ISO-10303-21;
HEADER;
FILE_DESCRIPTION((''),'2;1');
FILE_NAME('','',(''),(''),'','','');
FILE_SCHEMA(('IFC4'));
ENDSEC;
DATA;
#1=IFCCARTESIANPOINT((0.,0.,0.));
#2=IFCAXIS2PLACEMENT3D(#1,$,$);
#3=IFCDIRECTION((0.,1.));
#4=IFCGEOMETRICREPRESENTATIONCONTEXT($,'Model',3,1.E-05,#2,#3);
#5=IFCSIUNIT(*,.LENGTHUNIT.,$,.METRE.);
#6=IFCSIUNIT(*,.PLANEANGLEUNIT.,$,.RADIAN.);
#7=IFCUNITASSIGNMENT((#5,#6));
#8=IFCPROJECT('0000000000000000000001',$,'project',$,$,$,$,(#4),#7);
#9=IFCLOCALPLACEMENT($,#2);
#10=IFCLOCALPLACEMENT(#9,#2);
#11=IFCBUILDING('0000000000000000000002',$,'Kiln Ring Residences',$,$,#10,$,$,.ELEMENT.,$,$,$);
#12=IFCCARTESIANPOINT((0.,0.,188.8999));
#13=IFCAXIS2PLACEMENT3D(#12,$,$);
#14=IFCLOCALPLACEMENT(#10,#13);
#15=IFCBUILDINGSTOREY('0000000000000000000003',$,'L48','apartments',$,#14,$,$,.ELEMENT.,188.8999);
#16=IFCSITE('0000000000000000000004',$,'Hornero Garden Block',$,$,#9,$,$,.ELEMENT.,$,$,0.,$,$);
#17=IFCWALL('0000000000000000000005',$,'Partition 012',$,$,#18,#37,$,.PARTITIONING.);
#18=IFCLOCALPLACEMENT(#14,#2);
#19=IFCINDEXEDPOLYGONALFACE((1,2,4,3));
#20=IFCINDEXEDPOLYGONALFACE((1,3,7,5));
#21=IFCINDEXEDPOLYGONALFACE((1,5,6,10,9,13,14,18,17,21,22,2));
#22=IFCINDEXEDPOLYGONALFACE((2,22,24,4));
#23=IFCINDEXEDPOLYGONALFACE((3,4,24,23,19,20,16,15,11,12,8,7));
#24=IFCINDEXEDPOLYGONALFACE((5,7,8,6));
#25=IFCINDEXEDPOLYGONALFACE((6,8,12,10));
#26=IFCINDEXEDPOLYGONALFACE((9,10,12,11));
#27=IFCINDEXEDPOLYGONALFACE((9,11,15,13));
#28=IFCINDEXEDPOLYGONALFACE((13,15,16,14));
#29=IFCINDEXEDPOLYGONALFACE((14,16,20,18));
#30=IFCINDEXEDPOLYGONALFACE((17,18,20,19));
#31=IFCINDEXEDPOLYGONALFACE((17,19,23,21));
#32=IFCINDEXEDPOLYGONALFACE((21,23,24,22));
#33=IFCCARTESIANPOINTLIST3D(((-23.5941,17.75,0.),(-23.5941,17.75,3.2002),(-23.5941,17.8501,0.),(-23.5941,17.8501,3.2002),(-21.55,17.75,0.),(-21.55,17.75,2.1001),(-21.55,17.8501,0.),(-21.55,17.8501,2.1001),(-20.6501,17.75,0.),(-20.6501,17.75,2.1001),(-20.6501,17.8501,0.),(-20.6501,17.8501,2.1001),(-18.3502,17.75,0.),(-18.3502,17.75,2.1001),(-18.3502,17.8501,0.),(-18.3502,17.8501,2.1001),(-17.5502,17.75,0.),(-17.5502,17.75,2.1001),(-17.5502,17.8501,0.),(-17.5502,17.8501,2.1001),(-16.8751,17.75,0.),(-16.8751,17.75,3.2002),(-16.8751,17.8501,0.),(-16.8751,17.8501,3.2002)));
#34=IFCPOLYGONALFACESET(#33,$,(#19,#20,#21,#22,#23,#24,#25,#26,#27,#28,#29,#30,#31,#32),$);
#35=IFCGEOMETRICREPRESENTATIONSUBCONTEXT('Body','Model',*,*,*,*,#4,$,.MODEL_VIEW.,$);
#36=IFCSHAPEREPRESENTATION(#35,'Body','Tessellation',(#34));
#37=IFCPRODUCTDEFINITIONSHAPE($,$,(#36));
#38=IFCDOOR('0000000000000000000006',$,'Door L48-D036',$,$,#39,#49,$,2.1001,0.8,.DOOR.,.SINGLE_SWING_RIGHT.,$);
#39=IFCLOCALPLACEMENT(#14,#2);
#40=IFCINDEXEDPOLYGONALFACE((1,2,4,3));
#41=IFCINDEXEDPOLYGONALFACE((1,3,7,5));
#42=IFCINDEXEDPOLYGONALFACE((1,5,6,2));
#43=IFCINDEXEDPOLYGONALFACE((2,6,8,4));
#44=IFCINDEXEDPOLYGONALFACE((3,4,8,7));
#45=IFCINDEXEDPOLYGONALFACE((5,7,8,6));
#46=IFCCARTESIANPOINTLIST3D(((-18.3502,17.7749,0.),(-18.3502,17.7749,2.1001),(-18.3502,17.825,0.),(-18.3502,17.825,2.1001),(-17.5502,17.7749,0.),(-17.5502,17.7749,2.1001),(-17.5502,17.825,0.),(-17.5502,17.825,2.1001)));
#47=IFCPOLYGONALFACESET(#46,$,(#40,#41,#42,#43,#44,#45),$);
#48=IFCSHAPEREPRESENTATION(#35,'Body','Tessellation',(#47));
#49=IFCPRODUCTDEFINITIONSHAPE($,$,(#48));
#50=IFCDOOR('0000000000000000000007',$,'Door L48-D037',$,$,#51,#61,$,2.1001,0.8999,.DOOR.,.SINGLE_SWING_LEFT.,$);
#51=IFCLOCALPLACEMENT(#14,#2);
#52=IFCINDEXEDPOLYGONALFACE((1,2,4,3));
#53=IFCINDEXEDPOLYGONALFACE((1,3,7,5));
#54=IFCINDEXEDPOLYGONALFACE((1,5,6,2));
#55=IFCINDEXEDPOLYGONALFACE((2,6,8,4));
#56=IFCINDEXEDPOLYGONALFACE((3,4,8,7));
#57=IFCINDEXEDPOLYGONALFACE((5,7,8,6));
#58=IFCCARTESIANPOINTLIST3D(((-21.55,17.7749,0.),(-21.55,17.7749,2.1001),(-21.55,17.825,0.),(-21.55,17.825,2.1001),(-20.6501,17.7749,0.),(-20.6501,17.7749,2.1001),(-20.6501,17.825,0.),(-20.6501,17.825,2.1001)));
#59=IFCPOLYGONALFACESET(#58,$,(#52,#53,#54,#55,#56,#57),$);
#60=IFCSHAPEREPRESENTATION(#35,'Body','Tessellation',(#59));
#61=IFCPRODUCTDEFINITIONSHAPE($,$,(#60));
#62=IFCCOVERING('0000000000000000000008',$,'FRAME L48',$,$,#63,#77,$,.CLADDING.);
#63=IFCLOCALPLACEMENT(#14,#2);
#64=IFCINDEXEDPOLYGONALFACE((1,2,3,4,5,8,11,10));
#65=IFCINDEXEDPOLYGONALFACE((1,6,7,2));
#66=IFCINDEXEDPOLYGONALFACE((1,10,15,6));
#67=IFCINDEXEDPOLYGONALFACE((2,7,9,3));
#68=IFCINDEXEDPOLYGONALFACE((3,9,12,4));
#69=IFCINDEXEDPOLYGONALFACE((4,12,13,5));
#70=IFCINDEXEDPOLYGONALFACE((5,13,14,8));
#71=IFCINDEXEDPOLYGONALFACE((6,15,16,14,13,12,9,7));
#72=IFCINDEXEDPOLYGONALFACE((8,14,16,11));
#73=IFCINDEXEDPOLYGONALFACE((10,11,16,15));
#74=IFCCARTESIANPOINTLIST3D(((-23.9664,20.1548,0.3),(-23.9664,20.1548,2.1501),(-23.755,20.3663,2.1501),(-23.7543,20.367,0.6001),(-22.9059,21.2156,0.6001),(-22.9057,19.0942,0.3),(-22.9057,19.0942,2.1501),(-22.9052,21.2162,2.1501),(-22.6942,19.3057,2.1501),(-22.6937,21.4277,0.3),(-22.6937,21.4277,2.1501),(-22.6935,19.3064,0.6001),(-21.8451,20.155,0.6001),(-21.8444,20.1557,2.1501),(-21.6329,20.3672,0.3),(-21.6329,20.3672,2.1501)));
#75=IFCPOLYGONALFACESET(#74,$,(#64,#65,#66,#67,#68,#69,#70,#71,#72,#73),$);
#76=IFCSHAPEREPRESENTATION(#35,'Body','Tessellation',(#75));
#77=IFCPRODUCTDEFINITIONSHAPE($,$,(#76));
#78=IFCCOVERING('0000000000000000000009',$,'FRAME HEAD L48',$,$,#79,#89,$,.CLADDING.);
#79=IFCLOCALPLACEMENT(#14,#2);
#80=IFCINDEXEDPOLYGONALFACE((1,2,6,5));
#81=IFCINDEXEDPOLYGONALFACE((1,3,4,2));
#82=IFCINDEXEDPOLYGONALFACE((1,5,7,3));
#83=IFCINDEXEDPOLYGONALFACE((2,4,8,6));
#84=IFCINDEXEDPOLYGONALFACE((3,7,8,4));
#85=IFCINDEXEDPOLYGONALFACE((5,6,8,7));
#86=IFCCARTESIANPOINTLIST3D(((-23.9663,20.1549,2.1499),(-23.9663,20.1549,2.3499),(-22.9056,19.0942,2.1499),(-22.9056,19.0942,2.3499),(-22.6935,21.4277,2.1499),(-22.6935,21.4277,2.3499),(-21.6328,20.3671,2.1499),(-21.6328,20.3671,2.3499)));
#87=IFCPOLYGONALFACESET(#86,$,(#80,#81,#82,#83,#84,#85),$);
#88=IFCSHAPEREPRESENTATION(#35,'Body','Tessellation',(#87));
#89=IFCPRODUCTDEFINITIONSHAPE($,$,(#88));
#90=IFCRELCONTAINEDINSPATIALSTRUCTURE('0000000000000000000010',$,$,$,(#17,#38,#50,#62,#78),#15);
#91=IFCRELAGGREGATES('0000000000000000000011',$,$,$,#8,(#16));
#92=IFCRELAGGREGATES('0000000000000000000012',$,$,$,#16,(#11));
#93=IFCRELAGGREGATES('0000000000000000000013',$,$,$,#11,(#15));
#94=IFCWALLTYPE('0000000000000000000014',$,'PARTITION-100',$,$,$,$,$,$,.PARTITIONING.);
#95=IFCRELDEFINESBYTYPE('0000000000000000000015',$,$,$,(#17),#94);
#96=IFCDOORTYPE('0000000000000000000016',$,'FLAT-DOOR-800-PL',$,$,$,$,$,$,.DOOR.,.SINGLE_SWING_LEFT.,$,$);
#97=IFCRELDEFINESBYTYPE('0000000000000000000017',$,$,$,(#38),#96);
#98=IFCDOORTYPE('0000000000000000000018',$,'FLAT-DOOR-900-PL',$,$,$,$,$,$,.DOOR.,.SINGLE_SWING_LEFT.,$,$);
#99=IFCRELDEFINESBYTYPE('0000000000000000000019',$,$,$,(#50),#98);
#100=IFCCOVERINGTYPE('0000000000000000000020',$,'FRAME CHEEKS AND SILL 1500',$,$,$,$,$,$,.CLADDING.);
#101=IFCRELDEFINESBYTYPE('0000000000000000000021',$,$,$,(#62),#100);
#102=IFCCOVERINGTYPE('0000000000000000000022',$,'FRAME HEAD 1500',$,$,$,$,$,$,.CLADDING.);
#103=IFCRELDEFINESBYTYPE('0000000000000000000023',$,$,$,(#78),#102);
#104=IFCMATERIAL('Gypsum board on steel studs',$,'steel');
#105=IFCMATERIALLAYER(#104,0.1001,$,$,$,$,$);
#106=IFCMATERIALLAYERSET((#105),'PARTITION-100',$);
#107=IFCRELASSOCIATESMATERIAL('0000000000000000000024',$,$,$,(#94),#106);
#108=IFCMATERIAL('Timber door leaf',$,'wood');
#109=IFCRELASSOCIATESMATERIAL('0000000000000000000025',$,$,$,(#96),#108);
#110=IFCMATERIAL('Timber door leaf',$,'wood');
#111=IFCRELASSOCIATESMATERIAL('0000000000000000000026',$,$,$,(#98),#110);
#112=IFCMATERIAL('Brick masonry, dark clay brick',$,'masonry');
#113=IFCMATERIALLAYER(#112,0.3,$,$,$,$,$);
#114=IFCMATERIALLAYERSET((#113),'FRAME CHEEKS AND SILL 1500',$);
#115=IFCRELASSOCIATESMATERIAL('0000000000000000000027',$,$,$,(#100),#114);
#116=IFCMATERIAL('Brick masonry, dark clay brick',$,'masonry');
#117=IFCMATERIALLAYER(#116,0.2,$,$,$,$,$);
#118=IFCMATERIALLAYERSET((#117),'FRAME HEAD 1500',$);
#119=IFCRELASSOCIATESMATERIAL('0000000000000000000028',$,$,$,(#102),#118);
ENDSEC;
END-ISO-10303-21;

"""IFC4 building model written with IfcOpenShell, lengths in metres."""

from ifc_helpers import new_model, si_unit, direction, frame, frame_2d, origin, origin_2d, place, context, subcontext, project, spatial, polyline, rectangle, outline, extrude, material, layer, layer_set, type_object, element, fill, save


model = new_model("IFC4")

# Units and contexts
model_context = context("Model", 3, precision=1e-05, world=origin(), true_north=direction((0.0, 1.0)))
body_context = subcontext(model_context, "Body", "Model", "MODEL_VIEW")
ifc_project = project(units=[si_unit("LENGTHUNIT", "METRE"), si_unit("PLANEANGLEUNIT", "RADIAN")], contexts=[model_context])

# Site, building, storey
site_placement = place(None, origin())
site = spatial("IfcSite", under=ifc_project, at=site_placement, Name="Hornero Garden Block", CompositionType="ELEMENT", RefElevation=0.0)
building_placement = place(site_placement, origin())
building = spatial("IfcBuilding", under=site, at=building_placement, Name="Kiln Ring Residences", CompositionType="ELEMENT")
storey_placement = place(building_placement, frame((0.0, 0.0, 188.8999)))
storey = spatial("IfcBuildingStorey", under=building, at=storey_placement, Name="L48", Description="apartments", CompositionType="ELEMENT", Elevation=188.8999)

# Wall, openings, doors
ifc_material_1 = material(Name="Gypsum board on steel studs", Category="steel")
ifc_layer_1 = layer(ifc_material_1, 0.1001)
ifc_layer_set_1 = layer_set([ifc_layer_1], Name="PARTITION-100")
wall_type_1 = type_object("IfcWallType", Name="PARTITION-100", PredefinedType="PARTITIONING", material=ifc_layer_set_1)
wall_1_placement = place(storey_placement, frame((-23.594, 17.8, 0.0), z_axis=(0.0, 0.0, 1.0), x_axis=(1.0, 0.0, 0.0)))
wall_1 = element("IfcWall", 1, at=wall_1_placement, inside=storey, type_object=wall_type_1, Name="Partition 012", PredefinedType="PARTITIONING", context=body_context, shape_type="SweptSolid", body=[
    extrude(rectangle(XDim=6.719, YDim=0.1001, at=frame_2d((3.3594, 0.0))), origin(), (0.0, 0.0, 1.0), 3.2002),
])
opening_1_placement = place(wall_1_placement, frame((5.2439, 0.0, 0.0)))
opening_1 = element("IfcOpeningElement", 2, at=opening_1_placement, cuts=wall_1, PredefinedType="OPENING", context=body_context, shape_type="SweptSolid", body=[
    extrude(rectangle(XDim=0.8, YDim=2.1001, at=frame_2d((0.3999, 1.05))), frame((0.0, 0.0601, 0.0), z_axis=(0.0, -1.0, 0.0), x_axis=(1.0, 0.0, 0.0)), (0.0, 0.0, 1.0), 0.1201),
])
opening_2_placement = place(wall_1_placement, frame((2.0439, 0.0, 0.0)))
opening_2 = element("IfcOpeningElement", 3, at=opening_2_placement, cuts=wall_1, PredefinedType="OPENING", context=body_context, shape_type="SweptSolid", body=[
    extrude(rectangle(XDim=0.8999, YDim=2.1001, at=frame_2d((0.45, 1.05))), frame((0.0, 0.0601, 0.0), z_axis=(0.0, -1.0, 0.0), x_axis=(1.0, 0.0, 0.0)), (0.0, 0.0, 1.0), 0.1201),
])
ifc_material_2 = material(Name="Timber door leaf", Category="wood")
door_type_1 = type_object("IfcDoorType", Name="FLAT-DOOR-800-PL", OperationType="SINGLE_SWING_LEFT", PredefinedType="DOOR", material=ifc_material_2)
door_1_placement = place(opening_1_placement, origin())
door_1 = element("IfcDoor", 4, at=door_1_placement, inside=storey, type_object=door_type_1, Name="Door L48-D036", OperationType="SINGLE_SWING_RIGHT", OverallHeight=2.1001, OverallWidth=0.8, PredefinedType="DOOR", context=body_context, shape_type="SweptSolid", body=[
    extrude(rectangle(XDim=0.8, YDim=2.1001, at=frame_2d((0.3999, 1.05))), frame((0.0, 0.0249, 0.0), z_axis=(0.0, -1.0, 0.0), x_axis=(1.0, 0.0, 0.0)), (0.0, 0.0, 1.0), 0.05),
])
fill(opening_1, door_1)
ifc_material_3 = material(Name="Timber door leaf", Category="wood")
door_type_2 = type_object("IfcDoorType", Name="FLAT-DOOR-900-PL", OperationType="SINGLE_SWING_LEFT", PredefinedType="DOOR", material=ifc_material_3)
door_2_placement = place(opening_2_placement, origin())
door_2 = element("IfcDoor", 5, at=door_2_placement, inside=storey, type_object=door_type_2, Name="Door L48-D037", OperationType="SINGLE_SWING_LEFT", OverallHeight=2.1001, OverallWidth=0.8999, PredefinedType="DOOR", context=body_context, shape_type="SweptSolid", body=[
    extrude(rectangle(XDim=0.8999, YDim=2.1001, at=frame_2d((0.45, 1.05))), frame((0.0, 0.0249, 0.0), z_axis=(0.0, -1.0, 0.0), x_axis=(1.0, 0.0, 0.0)), (0.0, 0.0, 1.0), 0.05),
])
fill(opening_2, door_2)

# Coverings
ifc_material_4 = material(Name="Brick masonry, dark clay brick", Category="masonry")
ifc_layer_2 = layer(ifc_material_4, 0.3)
ifc_layer_set_2 = layer_set([ifc_layer_2], Name="FRAME CHEEKS AND SILL 1500")
covering_type_1 = type_object("IfcCoveringType", Name="FRAME CHEEKS AND SILL 1500", PredefinedType="CLADDING", material=ifc_layer_set_2)
covering_1_placement = place(storey_placement, frame((-22.1633, 20.8975, 0.3), z_axis=(0.0, 0.0, 1.0), x_axis=(-0.707039, -0.707175, 0.0)))
element("IfcCovering", 6, at=covering_1_placement, inside=storey, type_object=covering_type_1, Name="FRAME L48", PredefinedType="CLADDING", context=body_context, shape_type="SweptSolid", body=[
    extrude(outline(polyline([(0.0, 0.0), (1.8, 0.0), (1.8, 1.8501), (1.501, 1.8501), (1.5, 0.3), (0.3, 0.3), (0.2991, 1.8501), (0.0, 1.8501), (0.0, 0.0)])), frame((0.0, 0.75, 0.0), z_axis=(0.0, -1.0, 0.0), x_axis=(1.0, 0.0, 0.0)), (0.0, 0.0, 1.0), 1.5),
])
ifc_material_5 = material(Name="Brick masonry, dark clay brick", Category="masonry")
ifc_layer_3 = layer(ifc_material_5, 0.2)
ifc_layer_set_3 = layer_set([ifc_layer_3], Name="FRAME HEAD 1500")
covering_type_2 = type_object("IfcCoveringType", Name="FRAME HEAD 1500", PredefinedType="CLADDING", material=ifc_layer_set_3)
covering_2_placement = place(storey_placement, frame((-22.7996, 20.261, 2.1499), z_axis=(0.0, 0.0, 1.0), x_axis=(-0.707107, -0.707107, 0.0)))
element("IfcCovering", 7, at=covering_2_placement, inside=storey, type_object=covering_type_2, Name="FRAME HEAD L48", PredefinedType="CLADDING", context=body_context, shape_type="SweptSolid", body=[
    extrude(rectangle(XDim=1.8, YDim=1.5, at=origin_2d()), origin(), (0.0, 0.0, 1.0), 0.2),
])

save(model, "model.ifc")
